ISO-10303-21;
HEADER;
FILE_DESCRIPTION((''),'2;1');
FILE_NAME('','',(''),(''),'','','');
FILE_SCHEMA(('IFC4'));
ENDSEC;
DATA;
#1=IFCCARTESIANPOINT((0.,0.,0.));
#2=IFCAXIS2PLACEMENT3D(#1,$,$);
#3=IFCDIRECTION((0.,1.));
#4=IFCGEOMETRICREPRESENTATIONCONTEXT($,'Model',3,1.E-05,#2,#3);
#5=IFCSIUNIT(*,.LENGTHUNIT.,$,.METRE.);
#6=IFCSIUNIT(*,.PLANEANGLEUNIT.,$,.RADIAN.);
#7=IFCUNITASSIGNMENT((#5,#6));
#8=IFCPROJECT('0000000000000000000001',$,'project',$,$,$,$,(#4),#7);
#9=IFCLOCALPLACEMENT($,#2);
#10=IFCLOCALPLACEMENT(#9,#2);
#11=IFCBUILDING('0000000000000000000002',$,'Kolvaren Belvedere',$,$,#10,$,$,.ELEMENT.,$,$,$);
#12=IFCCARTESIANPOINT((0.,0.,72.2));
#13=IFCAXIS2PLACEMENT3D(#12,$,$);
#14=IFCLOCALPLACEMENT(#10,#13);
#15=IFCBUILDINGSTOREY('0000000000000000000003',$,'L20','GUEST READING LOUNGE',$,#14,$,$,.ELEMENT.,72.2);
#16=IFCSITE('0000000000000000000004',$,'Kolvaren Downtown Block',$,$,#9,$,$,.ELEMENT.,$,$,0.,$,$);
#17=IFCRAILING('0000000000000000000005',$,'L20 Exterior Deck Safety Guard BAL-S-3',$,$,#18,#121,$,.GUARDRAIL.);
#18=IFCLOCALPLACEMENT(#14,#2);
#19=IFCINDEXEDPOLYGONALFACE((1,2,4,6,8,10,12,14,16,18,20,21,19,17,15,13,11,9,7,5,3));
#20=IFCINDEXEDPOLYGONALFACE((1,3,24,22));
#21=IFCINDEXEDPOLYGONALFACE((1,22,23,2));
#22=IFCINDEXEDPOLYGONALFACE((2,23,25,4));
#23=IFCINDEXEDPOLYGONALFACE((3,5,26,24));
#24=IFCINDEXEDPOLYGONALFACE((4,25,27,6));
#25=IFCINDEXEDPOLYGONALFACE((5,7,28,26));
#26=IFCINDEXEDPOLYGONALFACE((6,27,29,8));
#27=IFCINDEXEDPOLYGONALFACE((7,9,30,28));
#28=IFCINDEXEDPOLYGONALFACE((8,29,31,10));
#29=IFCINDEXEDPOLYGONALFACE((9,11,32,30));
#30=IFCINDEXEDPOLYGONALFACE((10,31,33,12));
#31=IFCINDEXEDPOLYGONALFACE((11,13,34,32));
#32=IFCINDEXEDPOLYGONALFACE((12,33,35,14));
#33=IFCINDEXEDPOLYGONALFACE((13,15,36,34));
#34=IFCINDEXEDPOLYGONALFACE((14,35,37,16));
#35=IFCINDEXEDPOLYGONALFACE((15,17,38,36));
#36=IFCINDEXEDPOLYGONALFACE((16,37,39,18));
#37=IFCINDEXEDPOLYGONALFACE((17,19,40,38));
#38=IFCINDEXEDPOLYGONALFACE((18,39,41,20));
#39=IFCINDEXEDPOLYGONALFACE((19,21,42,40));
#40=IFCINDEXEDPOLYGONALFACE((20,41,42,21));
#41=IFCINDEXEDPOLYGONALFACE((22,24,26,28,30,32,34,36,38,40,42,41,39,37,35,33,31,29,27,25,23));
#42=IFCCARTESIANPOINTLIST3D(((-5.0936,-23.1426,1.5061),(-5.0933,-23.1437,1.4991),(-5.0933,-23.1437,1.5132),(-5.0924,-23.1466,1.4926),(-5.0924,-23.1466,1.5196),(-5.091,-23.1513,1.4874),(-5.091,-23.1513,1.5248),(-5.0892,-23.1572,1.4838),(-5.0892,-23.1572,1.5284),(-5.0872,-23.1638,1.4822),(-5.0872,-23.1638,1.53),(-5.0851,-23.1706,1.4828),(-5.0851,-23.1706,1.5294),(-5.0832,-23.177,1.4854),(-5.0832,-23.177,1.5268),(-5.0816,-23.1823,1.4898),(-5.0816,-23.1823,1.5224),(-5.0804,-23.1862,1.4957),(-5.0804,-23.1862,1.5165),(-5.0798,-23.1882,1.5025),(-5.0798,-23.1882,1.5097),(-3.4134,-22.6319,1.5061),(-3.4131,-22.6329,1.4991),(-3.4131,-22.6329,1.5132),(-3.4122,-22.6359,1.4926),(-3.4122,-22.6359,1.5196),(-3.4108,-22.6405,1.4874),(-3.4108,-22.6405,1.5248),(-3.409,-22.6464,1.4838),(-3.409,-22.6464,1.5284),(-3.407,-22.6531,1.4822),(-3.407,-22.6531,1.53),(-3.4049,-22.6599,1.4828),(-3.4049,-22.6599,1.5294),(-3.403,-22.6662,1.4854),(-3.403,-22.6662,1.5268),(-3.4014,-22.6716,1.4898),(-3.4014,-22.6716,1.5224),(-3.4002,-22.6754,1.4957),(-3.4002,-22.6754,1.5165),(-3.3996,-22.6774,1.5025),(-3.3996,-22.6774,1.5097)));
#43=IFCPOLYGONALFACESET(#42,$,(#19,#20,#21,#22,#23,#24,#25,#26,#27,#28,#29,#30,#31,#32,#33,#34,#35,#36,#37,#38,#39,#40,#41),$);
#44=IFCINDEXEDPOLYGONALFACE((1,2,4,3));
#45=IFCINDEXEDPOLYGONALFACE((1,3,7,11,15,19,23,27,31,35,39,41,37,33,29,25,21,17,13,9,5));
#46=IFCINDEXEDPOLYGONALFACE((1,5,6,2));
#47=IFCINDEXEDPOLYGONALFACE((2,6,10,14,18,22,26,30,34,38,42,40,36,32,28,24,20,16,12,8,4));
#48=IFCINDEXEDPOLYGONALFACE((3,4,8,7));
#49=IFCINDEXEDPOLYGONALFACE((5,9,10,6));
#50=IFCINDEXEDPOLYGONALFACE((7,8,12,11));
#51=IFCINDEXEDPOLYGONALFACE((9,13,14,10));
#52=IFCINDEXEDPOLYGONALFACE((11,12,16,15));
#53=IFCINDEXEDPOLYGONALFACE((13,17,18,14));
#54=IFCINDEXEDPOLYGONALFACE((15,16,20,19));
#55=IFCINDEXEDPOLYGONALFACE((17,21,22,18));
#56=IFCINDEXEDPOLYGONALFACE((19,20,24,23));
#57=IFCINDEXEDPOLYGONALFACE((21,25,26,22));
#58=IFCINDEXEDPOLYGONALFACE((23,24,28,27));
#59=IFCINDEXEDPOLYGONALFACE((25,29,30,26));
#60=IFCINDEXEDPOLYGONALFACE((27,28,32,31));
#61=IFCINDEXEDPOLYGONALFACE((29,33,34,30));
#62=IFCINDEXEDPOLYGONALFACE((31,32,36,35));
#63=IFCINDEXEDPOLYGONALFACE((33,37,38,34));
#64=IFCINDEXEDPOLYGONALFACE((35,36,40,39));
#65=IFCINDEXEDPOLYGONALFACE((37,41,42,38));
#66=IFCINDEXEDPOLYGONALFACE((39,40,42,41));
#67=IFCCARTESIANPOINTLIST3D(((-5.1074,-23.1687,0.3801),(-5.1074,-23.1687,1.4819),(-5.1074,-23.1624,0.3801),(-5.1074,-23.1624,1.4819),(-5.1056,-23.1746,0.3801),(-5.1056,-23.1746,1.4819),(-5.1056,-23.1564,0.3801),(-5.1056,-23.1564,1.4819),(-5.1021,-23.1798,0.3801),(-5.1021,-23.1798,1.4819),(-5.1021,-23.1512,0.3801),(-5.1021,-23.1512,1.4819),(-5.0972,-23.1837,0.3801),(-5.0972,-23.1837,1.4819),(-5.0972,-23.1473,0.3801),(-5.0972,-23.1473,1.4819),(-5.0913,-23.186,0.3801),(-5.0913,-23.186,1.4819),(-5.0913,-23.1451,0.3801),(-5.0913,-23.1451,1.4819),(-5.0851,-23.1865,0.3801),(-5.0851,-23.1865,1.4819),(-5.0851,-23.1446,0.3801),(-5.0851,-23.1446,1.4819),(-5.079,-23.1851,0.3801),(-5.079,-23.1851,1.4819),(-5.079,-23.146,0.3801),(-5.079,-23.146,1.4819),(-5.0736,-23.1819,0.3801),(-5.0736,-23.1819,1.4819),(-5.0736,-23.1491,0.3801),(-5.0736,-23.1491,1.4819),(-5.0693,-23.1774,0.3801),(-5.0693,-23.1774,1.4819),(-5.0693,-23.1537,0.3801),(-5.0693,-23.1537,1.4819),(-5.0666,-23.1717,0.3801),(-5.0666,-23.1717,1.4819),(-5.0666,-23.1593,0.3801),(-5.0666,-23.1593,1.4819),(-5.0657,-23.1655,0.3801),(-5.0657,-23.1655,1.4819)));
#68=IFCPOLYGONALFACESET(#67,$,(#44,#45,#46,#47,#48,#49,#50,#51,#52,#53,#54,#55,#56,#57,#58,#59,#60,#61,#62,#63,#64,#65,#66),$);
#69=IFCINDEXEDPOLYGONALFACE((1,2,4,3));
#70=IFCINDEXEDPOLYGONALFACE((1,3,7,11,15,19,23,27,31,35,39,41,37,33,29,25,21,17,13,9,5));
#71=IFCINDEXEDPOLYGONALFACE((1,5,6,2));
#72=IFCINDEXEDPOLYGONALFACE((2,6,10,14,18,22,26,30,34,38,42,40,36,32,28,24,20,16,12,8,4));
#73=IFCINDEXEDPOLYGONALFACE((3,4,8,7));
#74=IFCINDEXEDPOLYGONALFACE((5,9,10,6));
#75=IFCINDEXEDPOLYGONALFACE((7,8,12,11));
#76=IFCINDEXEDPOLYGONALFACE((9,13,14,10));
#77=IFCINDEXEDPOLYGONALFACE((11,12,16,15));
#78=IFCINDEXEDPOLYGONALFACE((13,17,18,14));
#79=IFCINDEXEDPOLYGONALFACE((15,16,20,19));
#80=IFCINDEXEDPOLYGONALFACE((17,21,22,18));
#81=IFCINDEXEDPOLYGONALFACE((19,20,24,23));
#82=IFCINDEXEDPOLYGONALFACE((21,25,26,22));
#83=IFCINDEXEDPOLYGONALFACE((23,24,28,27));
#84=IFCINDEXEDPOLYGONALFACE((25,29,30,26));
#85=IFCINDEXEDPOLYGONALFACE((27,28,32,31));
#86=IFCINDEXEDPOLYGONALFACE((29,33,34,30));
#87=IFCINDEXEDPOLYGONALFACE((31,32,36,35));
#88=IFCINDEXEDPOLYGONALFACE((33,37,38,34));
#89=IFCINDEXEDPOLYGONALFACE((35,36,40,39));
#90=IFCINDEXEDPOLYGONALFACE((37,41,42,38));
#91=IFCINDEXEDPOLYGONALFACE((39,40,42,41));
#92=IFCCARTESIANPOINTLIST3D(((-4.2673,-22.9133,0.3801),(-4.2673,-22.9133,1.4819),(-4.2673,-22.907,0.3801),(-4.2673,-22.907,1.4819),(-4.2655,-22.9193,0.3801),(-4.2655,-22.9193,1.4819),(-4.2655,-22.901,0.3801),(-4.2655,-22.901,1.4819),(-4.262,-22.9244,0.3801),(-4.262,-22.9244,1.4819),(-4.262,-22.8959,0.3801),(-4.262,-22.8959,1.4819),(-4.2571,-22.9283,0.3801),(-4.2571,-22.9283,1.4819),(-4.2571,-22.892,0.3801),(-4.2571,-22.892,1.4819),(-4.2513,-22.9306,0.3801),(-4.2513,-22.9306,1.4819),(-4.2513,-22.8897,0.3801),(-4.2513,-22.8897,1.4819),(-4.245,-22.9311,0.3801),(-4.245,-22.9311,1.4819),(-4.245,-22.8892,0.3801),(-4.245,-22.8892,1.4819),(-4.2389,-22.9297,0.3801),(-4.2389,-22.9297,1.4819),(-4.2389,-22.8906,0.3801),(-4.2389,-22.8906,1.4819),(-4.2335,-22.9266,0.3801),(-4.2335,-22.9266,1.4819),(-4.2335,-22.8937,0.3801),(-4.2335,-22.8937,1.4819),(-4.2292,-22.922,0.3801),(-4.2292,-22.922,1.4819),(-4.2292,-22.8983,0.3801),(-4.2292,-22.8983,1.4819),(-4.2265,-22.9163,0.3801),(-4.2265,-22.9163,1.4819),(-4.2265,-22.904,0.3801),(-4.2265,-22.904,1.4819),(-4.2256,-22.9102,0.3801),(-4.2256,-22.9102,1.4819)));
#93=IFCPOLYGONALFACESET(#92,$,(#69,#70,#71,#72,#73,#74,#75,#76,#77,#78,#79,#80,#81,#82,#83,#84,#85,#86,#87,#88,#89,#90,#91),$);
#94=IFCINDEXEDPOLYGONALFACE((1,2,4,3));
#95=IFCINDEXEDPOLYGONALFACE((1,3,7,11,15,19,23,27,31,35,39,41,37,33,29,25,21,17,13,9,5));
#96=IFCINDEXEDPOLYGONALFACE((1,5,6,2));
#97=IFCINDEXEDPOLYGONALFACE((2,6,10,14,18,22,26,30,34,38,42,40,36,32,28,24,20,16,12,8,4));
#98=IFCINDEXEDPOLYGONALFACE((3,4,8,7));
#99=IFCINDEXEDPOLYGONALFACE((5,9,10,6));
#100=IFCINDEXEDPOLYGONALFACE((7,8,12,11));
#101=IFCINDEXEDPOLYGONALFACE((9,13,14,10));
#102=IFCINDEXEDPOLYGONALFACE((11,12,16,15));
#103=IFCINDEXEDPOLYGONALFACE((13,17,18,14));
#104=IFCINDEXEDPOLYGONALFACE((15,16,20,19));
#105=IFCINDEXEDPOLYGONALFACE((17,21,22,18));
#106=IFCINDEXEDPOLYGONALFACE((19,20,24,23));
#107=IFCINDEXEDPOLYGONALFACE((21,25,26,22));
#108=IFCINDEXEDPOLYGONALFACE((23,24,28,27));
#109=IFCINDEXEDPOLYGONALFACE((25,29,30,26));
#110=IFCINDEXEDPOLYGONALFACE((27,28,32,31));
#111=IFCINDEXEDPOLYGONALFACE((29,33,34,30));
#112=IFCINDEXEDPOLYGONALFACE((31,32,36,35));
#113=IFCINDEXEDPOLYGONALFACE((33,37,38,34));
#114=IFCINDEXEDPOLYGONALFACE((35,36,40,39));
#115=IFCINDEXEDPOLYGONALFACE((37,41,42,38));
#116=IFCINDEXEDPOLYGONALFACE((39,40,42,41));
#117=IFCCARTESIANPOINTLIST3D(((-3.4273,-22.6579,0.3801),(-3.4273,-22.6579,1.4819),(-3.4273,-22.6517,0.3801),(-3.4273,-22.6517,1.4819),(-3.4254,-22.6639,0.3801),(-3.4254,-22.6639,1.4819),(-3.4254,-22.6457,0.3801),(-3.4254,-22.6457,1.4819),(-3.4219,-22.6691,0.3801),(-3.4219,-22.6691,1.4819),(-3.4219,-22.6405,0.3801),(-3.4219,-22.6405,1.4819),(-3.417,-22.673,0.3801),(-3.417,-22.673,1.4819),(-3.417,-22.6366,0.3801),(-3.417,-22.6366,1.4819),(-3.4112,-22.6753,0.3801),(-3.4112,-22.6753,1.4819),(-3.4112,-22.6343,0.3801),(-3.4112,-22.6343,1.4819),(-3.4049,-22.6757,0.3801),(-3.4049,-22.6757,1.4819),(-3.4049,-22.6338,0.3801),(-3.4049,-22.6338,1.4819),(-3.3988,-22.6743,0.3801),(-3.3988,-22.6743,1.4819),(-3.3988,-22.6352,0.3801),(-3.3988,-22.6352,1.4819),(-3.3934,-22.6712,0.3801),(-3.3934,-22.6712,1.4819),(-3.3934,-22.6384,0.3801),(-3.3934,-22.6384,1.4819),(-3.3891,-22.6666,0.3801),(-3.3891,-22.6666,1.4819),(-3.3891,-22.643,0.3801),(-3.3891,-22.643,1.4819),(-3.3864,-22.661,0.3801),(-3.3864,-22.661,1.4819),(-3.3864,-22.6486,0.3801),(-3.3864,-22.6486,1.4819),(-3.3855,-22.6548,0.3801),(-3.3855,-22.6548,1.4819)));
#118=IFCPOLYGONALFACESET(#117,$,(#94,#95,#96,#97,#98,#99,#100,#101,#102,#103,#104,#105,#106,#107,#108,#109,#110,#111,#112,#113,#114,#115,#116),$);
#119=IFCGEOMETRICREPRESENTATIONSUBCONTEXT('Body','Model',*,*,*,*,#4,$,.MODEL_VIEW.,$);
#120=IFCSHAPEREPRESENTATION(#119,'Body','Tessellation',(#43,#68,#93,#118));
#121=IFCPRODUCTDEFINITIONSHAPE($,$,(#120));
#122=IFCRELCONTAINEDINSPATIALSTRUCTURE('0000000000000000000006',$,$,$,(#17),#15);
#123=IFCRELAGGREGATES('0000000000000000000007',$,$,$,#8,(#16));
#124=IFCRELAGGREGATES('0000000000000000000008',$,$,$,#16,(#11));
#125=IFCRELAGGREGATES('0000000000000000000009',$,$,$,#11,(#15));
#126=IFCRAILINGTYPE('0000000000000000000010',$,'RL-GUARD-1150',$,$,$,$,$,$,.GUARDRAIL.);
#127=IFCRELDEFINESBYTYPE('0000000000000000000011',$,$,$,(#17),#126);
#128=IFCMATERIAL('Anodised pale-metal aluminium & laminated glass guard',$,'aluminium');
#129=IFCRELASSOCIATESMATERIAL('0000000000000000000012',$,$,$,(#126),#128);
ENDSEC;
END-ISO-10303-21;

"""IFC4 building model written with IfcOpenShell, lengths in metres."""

from ifc_helpers import new_model, si_unit, direction, frame, origin, origin_2d, place, context, subcontext, project, spatial, circle, extrude, material, type_object, element, save


model = new_model("IFC4")

# Units and contexts
model_context = context("Model", 3, precision=1e-05, world=origin(), true_north=direction((0.0, 1.0)))
body_context = subcontext(model_context, "Body", "Model", "MODEL_VIEW")
ifc_project = project(units=[si_unit("LENGTHUNIT", "METRE"), si_unit("PLANEANGLEUNIT", "RADIAN")], contexts=[model_context])

# Site, building, storey
site_placement = place(None, origin())
site = spatial("IfcSite", under=ifc_project, at=site_placement, Name="Kolvaren Downtown Block", CompositionType="ELEMENT", RefElevation=0.0)
building_placement = place(site_placement, origin())
building = spatial("IfcBuilding", under=site, at=building_placement, Name="Kolvaren Belvedere", CompositionType="ELEMENT")
storey_placement = place(building_placement, frame((0.0, 0.0, 72.2)))
storey = spatial("IfcBuildingStorey", under=building, at=storey_placement, Name="L20", Description="GUEST READING LOUNGE", CompositionType="ELEMENT", Elevation=72.2)

# Railing
ifc_material_1 = material(Name="Anodised pale-metal aluminium & laminated glass guard", Category="aluminium")
railing_type = type_object("IfcRailingType", Name="RL-GUARD-1150", PredefinedType="GUARDRAIL", material=ifc_material_1)
railing_1_placement = place(storey_placement, frame((-5.0867, -23.1655, 0.3801)))
element("IfcRailing", 1, at=railing_1_placement, inside=storey, type_object=railing_type, Name="L20 Exterior Deck Safety Guard BAL-S-3", PredefinedType="GUARDRAIL", context=body_context, shape_type="SweptSolid", body=[
    extrude(circle(Radius=0.0239, at=origin_2d()), frame((0.0, 0.0, 1.126), z_axis=(0.956771, 0.290841, 0.0), x_axis=(-0.290841, 0.956771, 0.0)), (0.0, 0.0, 1.0), 1.7561),
    extrude(circle(Radius=0.021, at=origin_2d()), origin(), (0.0, 0.0, 1.0), 1.1018),
    extrude(circle(Radius=0.021, at=origin_2d()), frame((0.8401, 0.2554, 0.0)), (0.0, 0.0, 1.0), 1.1018),
    extrude(circle(Radius=0.021, at=origin_2d()), frame((1.6802, 0.5107, 0.0)), (0.0, 0.0, 1.0), 1.1018),
])

save(model, "model.ifc")
